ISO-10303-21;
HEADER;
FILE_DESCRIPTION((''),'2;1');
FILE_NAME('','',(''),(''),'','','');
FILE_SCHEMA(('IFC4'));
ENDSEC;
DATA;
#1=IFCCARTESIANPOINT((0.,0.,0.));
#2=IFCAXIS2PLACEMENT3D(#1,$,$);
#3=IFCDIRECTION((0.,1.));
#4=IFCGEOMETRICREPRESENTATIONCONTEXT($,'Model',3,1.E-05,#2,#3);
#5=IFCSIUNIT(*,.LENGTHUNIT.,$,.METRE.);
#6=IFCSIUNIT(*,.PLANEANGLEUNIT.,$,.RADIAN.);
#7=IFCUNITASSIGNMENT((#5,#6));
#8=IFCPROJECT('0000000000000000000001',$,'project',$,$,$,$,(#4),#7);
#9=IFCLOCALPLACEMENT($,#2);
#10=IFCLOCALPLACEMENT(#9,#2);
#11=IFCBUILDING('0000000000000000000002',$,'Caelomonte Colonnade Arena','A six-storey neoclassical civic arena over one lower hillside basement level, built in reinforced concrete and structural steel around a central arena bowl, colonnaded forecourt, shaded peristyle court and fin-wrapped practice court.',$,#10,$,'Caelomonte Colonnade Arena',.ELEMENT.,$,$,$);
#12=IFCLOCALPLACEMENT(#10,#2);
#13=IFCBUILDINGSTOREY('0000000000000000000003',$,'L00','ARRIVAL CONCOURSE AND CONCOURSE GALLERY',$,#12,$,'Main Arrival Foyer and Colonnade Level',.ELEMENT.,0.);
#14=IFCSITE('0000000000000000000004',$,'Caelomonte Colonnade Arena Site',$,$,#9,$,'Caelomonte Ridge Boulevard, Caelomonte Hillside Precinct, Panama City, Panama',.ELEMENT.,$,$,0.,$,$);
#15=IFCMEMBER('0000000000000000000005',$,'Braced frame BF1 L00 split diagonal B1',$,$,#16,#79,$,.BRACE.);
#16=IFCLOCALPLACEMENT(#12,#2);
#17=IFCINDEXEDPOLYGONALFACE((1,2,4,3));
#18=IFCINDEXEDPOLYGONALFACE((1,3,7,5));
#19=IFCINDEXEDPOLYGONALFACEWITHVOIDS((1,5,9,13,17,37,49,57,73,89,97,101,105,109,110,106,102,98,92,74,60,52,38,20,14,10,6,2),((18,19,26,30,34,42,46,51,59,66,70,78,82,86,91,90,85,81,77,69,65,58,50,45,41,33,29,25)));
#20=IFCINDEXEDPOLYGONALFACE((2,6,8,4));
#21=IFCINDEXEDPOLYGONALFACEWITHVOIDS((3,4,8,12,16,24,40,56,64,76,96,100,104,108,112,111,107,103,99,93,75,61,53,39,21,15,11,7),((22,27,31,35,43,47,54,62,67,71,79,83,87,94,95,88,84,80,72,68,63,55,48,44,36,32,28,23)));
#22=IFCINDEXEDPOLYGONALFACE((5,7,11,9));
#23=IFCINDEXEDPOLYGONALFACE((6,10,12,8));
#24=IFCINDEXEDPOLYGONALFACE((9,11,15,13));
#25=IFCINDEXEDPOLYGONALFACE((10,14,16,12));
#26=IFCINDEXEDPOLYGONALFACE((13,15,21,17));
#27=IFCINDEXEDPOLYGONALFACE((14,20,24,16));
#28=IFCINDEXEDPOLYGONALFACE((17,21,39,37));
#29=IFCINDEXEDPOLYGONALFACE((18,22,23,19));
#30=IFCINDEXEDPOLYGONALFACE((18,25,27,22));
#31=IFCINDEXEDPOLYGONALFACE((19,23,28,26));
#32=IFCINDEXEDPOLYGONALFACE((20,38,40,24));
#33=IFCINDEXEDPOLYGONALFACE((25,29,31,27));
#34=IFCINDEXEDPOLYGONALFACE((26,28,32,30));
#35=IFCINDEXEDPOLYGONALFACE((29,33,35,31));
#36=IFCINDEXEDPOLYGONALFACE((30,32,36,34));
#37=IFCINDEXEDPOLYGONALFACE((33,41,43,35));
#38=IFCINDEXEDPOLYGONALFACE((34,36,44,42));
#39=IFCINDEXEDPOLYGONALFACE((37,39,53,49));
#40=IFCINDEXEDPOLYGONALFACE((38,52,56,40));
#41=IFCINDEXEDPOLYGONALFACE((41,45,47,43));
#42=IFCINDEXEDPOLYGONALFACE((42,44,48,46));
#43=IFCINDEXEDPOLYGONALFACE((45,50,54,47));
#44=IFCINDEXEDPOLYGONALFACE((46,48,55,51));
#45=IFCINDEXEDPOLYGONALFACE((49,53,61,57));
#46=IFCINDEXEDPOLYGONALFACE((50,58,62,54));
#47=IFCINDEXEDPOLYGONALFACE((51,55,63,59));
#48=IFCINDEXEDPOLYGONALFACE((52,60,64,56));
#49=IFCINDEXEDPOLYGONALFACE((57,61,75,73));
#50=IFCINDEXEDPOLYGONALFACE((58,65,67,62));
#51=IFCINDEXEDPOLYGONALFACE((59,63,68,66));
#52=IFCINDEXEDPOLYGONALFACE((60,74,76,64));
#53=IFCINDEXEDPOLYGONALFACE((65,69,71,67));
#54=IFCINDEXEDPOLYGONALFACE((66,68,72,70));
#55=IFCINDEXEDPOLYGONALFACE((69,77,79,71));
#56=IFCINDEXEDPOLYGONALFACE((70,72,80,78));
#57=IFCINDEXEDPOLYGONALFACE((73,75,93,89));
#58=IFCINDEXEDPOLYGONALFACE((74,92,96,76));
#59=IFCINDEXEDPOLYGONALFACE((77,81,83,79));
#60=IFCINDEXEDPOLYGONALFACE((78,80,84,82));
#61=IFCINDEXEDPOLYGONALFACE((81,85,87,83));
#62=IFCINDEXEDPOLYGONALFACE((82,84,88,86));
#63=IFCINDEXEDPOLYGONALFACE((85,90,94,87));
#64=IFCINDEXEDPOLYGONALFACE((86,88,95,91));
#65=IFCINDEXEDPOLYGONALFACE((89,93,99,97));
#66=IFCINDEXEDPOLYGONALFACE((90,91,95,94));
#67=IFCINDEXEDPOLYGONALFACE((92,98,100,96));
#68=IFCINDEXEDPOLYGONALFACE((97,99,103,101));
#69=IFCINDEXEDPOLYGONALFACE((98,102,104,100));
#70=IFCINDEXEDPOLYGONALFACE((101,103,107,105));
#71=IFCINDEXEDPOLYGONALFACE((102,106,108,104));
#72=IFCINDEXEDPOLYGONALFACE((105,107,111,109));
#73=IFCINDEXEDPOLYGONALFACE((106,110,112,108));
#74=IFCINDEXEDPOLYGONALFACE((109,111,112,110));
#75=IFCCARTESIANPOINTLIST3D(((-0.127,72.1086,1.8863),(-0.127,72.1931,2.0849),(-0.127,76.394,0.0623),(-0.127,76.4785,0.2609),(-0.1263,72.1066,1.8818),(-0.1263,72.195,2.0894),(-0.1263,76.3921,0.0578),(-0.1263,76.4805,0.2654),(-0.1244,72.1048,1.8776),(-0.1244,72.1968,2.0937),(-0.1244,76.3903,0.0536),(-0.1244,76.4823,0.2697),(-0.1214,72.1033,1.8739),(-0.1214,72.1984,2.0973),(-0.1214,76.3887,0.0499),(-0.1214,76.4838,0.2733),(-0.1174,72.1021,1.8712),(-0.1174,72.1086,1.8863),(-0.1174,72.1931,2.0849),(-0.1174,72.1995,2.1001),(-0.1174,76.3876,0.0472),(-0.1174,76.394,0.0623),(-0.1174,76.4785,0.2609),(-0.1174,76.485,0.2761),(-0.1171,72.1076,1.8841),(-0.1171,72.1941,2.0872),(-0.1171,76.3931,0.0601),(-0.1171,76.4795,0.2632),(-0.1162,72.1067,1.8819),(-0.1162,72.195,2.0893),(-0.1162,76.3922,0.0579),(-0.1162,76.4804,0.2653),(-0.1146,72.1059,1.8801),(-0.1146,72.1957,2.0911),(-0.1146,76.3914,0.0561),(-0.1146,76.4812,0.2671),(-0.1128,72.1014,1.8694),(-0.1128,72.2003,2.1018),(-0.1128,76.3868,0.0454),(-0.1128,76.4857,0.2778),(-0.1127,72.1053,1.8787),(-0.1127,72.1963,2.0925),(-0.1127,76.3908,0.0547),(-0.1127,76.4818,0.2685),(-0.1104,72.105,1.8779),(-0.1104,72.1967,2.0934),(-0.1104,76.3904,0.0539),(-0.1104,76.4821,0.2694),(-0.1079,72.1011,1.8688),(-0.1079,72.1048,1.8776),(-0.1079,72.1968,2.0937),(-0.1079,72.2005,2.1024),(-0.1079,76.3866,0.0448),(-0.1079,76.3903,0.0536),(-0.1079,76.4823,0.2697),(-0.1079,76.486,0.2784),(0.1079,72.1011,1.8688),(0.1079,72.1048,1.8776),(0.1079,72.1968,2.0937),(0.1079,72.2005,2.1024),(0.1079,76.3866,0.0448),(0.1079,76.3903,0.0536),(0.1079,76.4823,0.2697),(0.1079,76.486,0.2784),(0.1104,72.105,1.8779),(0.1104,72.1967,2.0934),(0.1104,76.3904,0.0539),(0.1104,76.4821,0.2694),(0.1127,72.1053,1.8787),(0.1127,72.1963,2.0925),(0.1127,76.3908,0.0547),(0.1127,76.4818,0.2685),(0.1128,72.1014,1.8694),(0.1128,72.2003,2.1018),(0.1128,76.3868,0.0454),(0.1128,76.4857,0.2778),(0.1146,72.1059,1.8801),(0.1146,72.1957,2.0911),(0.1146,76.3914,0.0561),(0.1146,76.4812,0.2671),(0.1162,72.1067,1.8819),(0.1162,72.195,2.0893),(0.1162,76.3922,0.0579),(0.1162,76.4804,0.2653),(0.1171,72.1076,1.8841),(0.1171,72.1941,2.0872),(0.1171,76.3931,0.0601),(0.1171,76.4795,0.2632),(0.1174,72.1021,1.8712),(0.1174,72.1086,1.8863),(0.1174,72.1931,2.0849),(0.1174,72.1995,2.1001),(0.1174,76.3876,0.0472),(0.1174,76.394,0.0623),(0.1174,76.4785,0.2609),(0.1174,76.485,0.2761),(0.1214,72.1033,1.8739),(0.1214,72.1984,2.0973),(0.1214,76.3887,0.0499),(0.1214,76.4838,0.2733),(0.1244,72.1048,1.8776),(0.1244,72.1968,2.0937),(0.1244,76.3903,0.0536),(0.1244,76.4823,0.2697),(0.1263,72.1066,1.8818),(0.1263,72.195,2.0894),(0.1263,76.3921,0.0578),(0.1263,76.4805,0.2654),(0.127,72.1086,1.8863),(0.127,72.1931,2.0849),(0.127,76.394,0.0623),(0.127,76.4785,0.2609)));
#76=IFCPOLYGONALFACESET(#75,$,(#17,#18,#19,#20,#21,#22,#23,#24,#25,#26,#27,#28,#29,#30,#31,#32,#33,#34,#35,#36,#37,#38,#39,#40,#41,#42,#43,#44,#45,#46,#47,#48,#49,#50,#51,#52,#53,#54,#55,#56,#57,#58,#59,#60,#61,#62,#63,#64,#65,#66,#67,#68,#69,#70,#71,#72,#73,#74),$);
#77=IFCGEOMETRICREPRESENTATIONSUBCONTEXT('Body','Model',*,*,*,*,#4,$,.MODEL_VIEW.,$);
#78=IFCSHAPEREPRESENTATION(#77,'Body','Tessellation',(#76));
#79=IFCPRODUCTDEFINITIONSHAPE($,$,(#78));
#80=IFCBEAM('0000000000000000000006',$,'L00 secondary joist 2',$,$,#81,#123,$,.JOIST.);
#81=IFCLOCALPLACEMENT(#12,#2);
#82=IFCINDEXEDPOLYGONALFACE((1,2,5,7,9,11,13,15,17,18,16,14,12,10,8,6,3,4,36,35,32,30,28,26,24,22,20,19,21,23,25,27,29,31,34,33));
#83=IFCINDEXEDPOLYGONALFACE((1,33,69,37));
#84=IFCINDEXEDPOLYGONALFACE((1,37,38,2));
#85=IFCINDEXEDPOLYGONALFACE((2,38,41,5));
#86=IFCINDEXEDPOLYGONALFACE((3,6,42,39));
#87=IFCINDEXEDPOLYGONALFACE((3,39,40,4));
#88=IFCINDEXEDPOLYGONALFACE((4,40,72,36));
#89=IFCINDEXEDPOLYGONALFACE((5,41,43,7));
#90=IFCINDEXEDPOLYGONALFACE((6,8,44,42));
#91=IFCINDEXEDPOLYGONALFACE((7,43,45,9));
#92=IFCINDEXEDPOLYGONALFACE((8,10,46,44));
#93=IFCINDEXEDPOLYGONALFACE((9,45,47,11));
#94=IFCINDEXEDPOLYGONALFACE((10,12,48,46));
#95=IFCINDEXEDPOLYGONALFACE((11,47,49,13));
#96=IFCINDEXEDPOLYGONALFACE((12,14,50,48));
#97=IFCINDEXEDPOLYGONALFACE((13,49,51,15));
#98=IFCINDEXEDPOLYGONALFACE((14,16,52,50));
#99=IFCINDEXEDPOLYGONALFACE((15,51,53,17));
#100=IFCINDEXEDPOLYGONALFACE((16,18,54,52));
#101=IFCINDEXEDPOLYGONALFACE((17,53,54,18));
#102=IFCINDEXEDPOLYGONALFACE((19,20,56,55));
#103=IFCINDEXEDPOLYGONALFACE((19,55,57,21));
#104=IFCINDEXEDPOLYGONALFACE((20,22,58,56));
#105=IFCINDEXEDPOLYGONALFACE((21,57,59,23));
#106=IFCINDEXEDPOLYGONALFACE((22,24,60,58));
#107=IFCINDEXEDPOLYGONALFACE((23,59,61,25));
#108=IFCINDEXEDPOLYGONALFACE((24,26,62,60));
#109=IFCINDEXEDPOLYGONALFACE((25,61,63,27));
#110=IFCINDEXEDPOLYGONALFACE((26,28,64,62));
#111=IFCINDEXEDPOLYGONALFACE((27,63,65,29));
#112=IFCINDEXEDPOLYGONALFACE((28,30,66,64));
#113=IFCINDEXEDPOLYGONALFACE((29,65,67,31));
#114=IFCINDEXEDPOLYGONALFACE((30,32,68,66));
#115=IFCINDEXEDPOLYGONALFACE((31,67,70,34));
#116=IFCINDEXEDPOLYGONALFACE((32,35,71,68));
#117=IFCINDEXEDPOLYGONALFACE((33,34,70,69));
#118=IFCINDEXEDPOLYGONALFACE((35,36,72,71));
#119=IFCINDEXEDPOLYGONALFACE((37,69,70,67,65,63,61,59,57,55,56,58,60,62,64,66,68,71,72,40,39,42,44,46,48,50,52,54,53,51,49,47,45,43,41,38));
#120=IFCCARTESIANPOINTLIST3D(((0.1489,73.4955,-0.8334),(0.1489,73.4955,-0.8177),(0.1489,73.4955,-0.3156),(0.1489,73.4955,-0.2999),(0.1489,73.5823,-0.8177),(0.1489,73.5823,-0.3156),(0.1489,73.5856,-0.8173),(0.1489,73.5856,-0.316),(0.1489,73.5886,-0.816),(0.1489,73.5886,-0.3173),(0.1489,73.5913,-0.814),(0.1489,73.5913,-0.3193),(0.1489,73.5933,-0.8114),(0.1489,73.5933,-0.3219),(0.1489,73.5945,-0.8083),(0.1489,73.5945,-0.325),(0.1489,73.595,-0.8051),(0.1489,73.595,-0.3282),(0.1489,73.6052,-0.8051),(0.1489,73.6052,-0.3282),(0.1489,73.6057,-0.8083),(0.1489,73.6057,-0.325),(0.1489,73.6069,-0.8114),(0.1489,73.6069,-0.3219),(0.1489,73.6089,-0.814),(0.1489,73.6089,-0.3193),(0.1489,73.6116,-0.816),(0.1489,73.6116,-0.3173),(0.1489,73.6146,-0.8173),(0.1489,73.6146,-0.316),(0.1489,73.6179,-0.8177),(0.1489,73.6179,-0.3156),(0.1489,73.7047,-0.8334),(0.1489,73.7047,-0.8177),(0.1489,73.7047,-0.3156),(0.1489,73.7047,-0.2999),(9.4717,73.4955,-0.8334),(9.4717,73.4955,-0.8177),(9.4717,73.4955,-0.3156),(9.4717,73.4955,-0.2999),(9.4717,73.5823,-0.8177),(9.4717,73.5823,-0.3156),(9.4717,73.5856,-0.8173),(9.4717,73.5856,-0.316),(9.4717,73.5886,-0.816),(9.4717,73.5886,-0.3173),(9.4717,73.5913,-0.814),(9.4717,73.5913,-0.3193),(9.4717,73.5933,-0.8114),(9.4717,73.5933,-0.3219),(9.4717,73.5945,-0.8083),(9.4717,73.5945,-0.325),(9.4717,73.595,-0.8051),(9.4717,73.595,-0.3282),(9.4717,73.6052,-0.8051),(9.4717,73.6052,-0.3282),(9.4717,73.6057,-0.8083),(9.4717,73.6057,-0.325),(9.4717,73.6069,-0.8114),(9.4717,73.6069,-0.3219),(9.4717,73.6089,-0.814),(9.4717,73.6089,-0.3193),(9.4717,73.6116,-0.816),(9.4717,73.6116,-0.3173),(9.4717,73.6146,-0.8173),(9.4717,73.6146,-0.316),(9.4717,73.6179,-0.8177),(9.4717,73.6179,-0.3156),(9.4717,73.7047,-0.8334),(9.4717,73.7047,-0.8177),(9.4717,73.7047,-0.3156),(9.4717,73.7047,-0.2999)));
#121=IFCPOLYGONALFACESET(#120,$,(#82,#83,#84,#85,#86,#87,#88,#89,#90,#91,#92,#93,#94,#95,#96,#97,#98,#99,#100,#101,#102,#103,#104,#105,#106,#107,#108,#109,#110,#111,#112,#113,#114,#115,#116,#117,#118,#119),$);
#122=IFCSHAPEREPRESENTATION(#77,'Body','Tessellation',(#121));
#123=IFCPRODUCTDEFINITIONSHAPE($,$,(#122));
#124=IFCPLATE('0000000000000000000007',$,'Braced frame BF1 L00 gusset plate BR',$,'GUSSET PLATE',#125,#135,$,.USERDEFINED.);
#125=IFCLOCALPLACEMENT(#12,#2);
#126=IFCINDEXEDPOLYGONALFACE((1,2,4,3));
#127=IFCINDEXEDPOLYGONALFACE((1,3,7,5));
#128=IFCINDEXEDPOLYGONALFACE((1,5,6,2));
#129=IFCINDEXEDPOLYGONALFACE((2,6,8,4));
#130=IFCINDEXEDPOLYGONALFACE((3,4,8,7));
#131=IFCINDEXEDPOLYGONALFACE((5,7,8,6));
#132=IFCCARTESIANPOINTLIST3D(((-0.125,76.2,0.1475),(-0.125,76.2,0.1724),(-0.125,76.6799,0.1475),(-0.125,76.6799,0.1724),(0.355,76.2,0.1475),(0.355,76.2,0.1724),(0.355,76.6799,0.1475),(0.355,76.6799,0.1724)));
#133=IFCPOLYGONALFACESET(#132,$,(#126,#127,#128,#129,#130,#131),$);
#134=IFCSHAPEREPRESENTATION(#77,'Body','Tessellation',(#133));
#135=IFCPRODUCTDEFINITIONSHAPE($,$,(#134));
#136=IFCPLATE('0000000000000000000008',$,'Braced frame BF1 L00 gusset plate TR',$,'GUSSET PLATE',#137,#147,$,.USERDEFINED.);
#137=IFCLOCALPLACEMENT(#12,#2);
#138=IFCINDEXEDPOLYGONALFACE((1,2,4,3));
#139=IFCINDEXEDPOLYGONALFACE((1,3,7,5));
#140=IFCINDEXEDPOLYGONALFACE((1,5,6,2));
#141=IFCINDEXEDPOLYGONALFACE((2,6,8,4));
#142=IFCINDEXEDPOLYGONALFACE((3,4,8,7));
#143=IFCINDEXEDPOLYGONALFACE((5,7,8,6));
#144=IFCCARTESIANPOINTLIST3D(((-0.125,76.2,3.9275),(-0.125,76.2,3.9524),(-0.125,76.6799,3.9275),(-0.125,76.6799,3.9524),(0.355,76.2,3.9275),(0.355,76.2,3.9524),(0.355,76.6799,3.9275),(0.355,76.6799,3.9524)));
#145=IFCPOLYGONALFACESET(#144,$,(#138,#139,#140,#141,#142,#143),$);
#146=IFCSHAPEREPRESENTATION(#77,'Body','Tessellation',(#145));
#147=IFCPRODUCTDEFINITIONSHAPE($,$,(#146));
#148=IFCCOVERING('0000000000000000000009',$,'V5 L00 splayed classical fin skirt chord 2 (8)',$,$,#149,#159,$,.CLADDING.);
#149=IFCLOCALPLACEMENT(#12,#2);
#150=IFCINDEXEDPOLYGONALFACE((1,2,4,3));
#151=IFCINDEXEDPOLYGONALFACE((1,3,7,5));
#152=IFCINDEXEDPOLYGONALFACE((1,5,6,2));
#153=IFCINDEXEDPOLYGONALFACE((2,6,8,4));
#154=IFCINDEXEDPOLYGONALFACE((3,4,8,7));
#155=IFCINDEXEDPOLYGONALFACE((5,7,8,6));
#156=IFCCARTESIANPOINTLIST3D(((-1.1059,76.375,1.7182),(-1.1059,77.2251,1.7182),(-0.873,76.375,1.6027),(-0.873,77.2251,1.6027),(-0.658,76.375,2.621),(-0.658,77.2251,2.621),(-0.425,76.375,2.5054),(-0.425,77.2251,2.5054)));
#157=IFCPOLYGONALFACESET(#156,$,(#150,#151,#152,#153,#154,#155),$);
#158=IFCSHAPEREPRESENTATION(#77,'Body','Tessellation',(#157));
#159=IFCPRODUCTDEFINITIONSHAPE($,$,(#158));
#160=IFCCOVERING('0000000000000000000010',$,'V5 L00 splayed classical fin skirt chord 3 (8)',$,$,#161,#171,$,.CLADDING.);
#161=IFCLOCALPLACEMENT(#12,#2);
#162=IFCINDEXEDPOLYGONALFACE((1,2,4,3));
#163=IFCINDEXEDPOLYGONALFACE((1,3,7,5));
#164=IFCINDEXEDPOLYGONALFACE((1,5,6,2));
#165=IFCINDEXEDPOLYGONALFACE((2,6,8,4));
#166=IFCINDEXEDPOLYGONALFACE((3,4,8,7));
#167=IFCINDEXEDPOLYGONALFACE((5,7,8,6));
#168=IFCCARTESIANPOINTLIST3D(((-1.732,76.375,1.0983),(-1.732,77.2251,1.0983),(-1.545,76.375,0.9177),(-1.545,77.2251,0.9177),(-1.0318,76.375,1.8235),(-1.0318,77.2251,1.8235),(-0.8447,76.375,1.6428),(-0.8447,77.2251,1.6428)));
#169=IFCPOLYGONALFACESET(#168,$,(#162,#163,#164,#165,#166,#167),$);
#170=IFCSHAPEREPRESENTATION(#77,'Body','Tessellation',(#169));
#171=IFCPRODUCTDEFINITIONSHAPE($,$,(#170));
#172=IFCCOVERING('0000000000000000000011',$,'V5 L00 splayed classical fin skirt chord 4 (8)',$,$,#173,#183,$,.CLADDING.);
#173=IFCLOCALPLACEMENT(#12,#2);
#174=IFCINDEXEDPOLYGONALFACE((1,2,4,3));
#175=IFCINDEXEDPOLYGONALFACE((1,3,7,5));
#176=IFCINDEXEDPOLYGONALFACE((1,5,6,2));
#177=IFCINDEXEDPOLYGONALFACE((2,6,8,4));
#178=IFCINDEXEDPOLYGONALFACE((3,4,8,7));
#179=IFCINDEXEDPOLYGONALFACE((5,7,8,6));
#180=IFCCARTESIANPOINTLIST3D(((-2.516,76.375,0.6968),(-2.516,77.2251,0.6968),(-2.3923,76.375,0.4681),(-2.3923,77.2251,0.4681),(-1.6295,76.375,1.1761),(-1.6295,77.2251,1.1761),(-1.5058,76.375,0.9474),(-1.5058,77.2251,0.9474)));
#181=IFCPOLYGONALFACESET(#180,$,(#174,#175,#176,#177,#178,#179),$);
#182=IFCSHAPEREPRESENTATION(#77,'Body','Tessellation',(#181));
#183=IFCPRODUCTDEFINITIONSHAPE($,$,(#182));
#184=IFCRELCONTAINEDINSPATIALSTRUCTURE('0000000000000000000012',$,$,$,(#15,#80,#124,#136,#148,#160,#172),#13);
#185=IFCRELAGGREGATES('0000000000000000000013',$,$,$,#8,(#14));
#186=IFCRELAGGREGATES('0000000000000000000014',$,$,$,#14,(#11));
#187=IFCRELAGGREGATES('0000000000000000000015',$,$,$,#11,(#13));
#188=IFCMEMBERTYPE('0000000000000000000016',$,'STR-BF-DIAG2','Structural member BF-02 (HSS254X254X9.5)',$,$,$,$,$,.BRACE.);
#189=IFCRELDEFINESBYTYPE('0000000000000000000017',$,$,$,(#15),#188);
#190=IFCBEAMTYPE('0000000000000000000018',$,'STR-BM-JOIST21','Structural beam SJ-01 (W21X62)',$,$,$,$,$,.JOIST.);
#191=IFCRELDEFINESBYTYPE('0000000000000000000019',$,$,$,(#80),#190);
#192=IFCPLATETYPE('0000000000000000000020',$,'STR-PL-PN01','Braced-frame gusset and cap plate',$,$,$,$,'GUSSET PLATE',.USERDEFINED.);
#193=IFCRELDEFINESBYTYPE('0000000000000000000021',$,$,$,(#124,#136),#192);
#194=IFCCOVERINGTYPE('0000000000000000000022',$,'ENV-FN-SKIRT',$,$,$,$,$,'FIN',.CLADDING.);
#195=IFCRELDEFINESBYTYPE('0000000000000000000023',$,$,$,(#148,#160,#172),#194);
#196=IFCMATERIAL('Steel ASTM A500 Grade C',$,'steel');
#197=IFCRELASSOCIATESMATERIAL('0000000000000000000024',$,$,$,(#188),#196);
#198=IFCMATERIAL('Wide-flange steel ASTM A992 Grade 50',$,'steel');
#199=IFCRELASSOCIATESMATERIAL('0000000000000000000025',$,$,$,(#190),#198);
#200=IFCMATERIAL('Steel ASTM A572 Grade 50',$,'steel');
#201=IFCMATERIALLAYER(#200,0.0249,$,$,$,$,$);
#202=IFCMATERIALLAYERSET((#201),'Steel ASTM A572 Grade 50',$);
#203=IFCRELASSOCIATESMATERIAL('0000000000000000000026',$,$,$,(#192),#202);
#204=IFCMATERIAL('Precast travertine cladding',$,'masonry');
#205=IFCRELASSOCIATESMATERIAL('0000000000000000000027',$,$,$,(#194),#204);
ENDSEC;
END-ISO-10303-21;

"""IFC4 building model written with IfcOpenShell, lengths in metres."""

from ifc_helpers import new_model, si_unit, direction, frame, origin, origin_2d, place, context, subcontext, project, spatial, rectangle, hollow_rectangle, i_section, extrude, material, layer, layer_set, material_profile, profile_set, type_object, element, save


model = new_model("IFC4")

# Units and contexts
model_context = context("Model", 3, precision=1e-05, world=origin(), true_north=direction((0.0, 1.0)))
body_context = subcontext(model_context, "Body", "Model", "MODEL_VIEW")
ifc_project = project(units=[si_unit("LENGTHUNIT", "METRE"), si_unit("PLANEANGLEUNIT", "RADIAN")], contexts=[model_context])

# Site, building, storey
site_placement = place(None, origin())
site = spatial("IfcSite", under=ifc_project, at=site_placement, Name="Caelomonte Colonnade Arena Site", LongName="Caelomonte Ridge Boulevard, Caelomonte Hillside Precinct, Panama City, Panama", CompositionType="ELEMENT", RefElevation=0.0)
building_placement = place(site_placement, origin())
building = spatial("IfcBuilding", under=site, at=building_placement, Name="Caelomonte Colonnade Arena", Description="A six-storey neoclassical civic arena over one lower hillside basement level, built in reinforced concrete and structural steel around a central arena bowl, colonnaded forecourt, shaded peristyle court and fin-wrapped practice court.", LongName="Caelomonte Colonnade Arena", CompositionType="ELEMENT")
storey_placement = place(building_placement, origin())
storey = spatial("IfcBuildingStorey", under=building, at=storey_placement, Name="L00", Description="ARRIVAL CONCOURSE AND CONCOURSE GALLERY", LongName="Main Arrival Foyer and Colonnade Level", CompositionType="ELEMENT", Elevation=0.0)

# Member
ifc_material_1 = material(Name="Steel ASTM A500 Grade C", Category="steel")
ifc_material_profile_1 = material_profile(ifc_material_1, hollow_rectangle(XDim=0.2539, YDim=0.2539, WallThickness=0.0095, InnerFilletRadius=0.0095, OuterFilletRadius=0.019, at=origin_2d()), Name="HSS254X254X9.5")
ifc_profile_set_1 = profile_set([ifc_material_profile_1], Name="Steel ASTM A500 Grade C")
member_type = type_object("IfcMemberType", Name="STR-BF-DIAG2", Description="Structural member BF-02 (HSS254X254X9.5)", PredefinedType="BRACE", material=ifc_profile_set_1)
member_placement = place(storey_placement, frame((0.0, 76.4363, 0.1616), z_axis=(0.0, -0.920124, 0.391628), x_axis=(1.0, 0.0, 0.0)))
element("IfcMember", 1, at=member_placement, inside=storey, type_object=member_type, Name="Braced frame BF1 L00 split diagonal B1", PredefinedType="BRACE", context=body_context, shape_type="SweptSolid", body=[
    extrude(hollow_rectangle(XDim=0.2539, YDim=0.2539, WallThickness=0.0095, InnerFilletRadius=0.0095, OuterFilletRadius=0.019, at=origin_2d()), origin(), (0.0, 0.0, 1.0), 4.6575),
])

# Beam
ifc_material_2 = material(Name="Wide-flange steel ASTM A992 Grade 50", Category="steel")
ifc_material_profile_2 = material_profile(ifc_material_2, i_section(OverallWidth=0.2092, OverallDepth=0.5334, WebThickness=0.0103, FlangeThickness=0.0156, FilletRadius=0.0127, at=origin_2d()), Name="W21X62")
ifc_profile_set_2 = profile_set([ifc_material_profile_2], Name="Wide-flange steel ASTM A992 Grade 50")
beam_type = type_object("IfcBeamType", Name="STR-BM-JOIST21", Description="Structural beam SJ-01 (W21X62)", PredefinedType="JOIST", material=ifc_profile_set_2)
beam_placement = place(storey_placement, frame((0.1489, 73.6001, -0.5667), z_axis=(1.0, 0.0, 0.0), x_axis=(0.0, 1.0, 0.0)))
element("IfcBeam", 2, at=beam_placement, inside=storey, type_object=beam_type, Name="L00 secondary joist 2", PredefinedType="JOIST", context=body_context, shape_type="SweptSolid", body=[
    extrude(i_section(OverallWidth=0.2092, OverallDepth=0.5334, WebThickness=0.0103, FlangeThickness=0.0156, FilletRadius=0.0127, at=origin_2d()), origin(), (0.0, 0.0, 1.0), 9.3228),
])

# Plates
ifc_material_3 = material(Name="Steel ASTM A572 Grade 50", Category="steel")
ifc_layer = layer(ifc_material_3, 0.0249)
ifc_layer_set = layer_set([ifc_layer], Name="Steel ASTM A572 Grade 50")
plate_type = type_object("IfcPlateType", Name="STR-PL-PN01", Description="Braced-frame gusset and cap plate", ElementType="GUSSET PLATE", PredefinedType="USERDEFINED", material=ifc_layer_set)
for number, where, z_axis, x_axis, name in (
    (3, (0.115, 76.4399, 0.1475), (0.0, 0.0, 1.0), (1.0, 0.0, 0.0), "Braced frame BF1 L00 gusset plate BR"),
    (4, (0.115, 76.4399, 3.9275), (0.0, 0.0, 1.0), (1.0, 0.0, 0.0), "Braced frame BF1 L00 gusset plate TR"),
):
    element("IfcPlate", number, at=place(storey_placement, frame(where, z_axis=z_axis, x_axis=x_axis)), inside=storey, type_object=plate_type, Name=name, ObjectType="GUSSET PLATE", PredefinedType="USERDEFINED", context=body_context, shape_type="SweptSolid", body=[
        extrude(rectangle(XDim=0.48, YDim=0.48, at=origin_2d()), origin(), (0.0, 0.0, 1.0), 0.0249),
    ])

# Coverings
ifc_material_4 = material(Name="Precast travertine cladding", Category="masonry")
ifc_material_profile_3 = material_profile(ifc_material_4, rectangle(XDim=0.26, YDim=0.8501, at=origin_2d()), Name="FIN260X850")
ifc_profile_set_3 = profile_set([ifc_material_profile_3], Name="Precast travertine cladding")
covering_type = type_object("IfcCoveringType", Name="ENV-FN-SKIRT", ElementType="FIN", PredefinedType="CLADDING", material=ifc_profile_set_3)
covering_1_placement = place(storey_placement, frame((-0.5415, 76.8, 2.5632), z_axis=(-0.444499, 0.0, -0.89578), x_axis=(-0.89578, 0.0, 0.444499)))
element("IfcCovering", 5, at=covering_1_placement, inside=storey, type_object=covering_type, Name="V5 L00 splayed classical fin skirt chord 2 (8)", PredefinedType="CLADDING", context=body_context, shape_type="SweptSolid", body=[
    extrude(rectangle(XDim=0.26, YDim=0.8501, at=origin_2d()), origin(), (0.0, 0.0, 1.0), 1.0078),
])
covering_2_placement = place(storey_placement, frame((-0.9382, 76.8, 1.7332), z_axis=(-0.694646, 0.0, -0.719351), x_axis=(-0.719351, 0.0, 0.694646)))
element("IfcCovering", 6, at=covering_2_placement, inside=storey, type_object=covering_type, Name="V5 L00 splayed classical fin skirt chord 3 (8)", PredefinedType="CLADDING", context=body_context, shape_type="SweptSolid", body=[
    extrude(rectangle(XDim=0.26, YDim=0.8501, at=origin_2d()), origin(), (0.0, 0.0, 1.0), 1.0081),
])
covering_3_placement = place(storey_placement, frame((-1.5676, 76.8, 1.0618), z_axis=(-0.879676, 0.0, -0.475573), x_axis=(-0.475573, 0.0, 0.879676)))
element("IfcCovering", 7, at=covering_3_placement, inside=storey, type_object=covering_type, Name="V5 L00 splayed classical fin skirt chord 4 (8)", PredefinedType="CLADDING", context=body_context, shape_type="SweptSolid", body=[
    extrude(rectangle(XDim=0.26, YDim=0.8501, at=origin_2d()), origin(), (0.0, 0.0, 1.0), 1.0078),
])

save(model, "model.ifc")
